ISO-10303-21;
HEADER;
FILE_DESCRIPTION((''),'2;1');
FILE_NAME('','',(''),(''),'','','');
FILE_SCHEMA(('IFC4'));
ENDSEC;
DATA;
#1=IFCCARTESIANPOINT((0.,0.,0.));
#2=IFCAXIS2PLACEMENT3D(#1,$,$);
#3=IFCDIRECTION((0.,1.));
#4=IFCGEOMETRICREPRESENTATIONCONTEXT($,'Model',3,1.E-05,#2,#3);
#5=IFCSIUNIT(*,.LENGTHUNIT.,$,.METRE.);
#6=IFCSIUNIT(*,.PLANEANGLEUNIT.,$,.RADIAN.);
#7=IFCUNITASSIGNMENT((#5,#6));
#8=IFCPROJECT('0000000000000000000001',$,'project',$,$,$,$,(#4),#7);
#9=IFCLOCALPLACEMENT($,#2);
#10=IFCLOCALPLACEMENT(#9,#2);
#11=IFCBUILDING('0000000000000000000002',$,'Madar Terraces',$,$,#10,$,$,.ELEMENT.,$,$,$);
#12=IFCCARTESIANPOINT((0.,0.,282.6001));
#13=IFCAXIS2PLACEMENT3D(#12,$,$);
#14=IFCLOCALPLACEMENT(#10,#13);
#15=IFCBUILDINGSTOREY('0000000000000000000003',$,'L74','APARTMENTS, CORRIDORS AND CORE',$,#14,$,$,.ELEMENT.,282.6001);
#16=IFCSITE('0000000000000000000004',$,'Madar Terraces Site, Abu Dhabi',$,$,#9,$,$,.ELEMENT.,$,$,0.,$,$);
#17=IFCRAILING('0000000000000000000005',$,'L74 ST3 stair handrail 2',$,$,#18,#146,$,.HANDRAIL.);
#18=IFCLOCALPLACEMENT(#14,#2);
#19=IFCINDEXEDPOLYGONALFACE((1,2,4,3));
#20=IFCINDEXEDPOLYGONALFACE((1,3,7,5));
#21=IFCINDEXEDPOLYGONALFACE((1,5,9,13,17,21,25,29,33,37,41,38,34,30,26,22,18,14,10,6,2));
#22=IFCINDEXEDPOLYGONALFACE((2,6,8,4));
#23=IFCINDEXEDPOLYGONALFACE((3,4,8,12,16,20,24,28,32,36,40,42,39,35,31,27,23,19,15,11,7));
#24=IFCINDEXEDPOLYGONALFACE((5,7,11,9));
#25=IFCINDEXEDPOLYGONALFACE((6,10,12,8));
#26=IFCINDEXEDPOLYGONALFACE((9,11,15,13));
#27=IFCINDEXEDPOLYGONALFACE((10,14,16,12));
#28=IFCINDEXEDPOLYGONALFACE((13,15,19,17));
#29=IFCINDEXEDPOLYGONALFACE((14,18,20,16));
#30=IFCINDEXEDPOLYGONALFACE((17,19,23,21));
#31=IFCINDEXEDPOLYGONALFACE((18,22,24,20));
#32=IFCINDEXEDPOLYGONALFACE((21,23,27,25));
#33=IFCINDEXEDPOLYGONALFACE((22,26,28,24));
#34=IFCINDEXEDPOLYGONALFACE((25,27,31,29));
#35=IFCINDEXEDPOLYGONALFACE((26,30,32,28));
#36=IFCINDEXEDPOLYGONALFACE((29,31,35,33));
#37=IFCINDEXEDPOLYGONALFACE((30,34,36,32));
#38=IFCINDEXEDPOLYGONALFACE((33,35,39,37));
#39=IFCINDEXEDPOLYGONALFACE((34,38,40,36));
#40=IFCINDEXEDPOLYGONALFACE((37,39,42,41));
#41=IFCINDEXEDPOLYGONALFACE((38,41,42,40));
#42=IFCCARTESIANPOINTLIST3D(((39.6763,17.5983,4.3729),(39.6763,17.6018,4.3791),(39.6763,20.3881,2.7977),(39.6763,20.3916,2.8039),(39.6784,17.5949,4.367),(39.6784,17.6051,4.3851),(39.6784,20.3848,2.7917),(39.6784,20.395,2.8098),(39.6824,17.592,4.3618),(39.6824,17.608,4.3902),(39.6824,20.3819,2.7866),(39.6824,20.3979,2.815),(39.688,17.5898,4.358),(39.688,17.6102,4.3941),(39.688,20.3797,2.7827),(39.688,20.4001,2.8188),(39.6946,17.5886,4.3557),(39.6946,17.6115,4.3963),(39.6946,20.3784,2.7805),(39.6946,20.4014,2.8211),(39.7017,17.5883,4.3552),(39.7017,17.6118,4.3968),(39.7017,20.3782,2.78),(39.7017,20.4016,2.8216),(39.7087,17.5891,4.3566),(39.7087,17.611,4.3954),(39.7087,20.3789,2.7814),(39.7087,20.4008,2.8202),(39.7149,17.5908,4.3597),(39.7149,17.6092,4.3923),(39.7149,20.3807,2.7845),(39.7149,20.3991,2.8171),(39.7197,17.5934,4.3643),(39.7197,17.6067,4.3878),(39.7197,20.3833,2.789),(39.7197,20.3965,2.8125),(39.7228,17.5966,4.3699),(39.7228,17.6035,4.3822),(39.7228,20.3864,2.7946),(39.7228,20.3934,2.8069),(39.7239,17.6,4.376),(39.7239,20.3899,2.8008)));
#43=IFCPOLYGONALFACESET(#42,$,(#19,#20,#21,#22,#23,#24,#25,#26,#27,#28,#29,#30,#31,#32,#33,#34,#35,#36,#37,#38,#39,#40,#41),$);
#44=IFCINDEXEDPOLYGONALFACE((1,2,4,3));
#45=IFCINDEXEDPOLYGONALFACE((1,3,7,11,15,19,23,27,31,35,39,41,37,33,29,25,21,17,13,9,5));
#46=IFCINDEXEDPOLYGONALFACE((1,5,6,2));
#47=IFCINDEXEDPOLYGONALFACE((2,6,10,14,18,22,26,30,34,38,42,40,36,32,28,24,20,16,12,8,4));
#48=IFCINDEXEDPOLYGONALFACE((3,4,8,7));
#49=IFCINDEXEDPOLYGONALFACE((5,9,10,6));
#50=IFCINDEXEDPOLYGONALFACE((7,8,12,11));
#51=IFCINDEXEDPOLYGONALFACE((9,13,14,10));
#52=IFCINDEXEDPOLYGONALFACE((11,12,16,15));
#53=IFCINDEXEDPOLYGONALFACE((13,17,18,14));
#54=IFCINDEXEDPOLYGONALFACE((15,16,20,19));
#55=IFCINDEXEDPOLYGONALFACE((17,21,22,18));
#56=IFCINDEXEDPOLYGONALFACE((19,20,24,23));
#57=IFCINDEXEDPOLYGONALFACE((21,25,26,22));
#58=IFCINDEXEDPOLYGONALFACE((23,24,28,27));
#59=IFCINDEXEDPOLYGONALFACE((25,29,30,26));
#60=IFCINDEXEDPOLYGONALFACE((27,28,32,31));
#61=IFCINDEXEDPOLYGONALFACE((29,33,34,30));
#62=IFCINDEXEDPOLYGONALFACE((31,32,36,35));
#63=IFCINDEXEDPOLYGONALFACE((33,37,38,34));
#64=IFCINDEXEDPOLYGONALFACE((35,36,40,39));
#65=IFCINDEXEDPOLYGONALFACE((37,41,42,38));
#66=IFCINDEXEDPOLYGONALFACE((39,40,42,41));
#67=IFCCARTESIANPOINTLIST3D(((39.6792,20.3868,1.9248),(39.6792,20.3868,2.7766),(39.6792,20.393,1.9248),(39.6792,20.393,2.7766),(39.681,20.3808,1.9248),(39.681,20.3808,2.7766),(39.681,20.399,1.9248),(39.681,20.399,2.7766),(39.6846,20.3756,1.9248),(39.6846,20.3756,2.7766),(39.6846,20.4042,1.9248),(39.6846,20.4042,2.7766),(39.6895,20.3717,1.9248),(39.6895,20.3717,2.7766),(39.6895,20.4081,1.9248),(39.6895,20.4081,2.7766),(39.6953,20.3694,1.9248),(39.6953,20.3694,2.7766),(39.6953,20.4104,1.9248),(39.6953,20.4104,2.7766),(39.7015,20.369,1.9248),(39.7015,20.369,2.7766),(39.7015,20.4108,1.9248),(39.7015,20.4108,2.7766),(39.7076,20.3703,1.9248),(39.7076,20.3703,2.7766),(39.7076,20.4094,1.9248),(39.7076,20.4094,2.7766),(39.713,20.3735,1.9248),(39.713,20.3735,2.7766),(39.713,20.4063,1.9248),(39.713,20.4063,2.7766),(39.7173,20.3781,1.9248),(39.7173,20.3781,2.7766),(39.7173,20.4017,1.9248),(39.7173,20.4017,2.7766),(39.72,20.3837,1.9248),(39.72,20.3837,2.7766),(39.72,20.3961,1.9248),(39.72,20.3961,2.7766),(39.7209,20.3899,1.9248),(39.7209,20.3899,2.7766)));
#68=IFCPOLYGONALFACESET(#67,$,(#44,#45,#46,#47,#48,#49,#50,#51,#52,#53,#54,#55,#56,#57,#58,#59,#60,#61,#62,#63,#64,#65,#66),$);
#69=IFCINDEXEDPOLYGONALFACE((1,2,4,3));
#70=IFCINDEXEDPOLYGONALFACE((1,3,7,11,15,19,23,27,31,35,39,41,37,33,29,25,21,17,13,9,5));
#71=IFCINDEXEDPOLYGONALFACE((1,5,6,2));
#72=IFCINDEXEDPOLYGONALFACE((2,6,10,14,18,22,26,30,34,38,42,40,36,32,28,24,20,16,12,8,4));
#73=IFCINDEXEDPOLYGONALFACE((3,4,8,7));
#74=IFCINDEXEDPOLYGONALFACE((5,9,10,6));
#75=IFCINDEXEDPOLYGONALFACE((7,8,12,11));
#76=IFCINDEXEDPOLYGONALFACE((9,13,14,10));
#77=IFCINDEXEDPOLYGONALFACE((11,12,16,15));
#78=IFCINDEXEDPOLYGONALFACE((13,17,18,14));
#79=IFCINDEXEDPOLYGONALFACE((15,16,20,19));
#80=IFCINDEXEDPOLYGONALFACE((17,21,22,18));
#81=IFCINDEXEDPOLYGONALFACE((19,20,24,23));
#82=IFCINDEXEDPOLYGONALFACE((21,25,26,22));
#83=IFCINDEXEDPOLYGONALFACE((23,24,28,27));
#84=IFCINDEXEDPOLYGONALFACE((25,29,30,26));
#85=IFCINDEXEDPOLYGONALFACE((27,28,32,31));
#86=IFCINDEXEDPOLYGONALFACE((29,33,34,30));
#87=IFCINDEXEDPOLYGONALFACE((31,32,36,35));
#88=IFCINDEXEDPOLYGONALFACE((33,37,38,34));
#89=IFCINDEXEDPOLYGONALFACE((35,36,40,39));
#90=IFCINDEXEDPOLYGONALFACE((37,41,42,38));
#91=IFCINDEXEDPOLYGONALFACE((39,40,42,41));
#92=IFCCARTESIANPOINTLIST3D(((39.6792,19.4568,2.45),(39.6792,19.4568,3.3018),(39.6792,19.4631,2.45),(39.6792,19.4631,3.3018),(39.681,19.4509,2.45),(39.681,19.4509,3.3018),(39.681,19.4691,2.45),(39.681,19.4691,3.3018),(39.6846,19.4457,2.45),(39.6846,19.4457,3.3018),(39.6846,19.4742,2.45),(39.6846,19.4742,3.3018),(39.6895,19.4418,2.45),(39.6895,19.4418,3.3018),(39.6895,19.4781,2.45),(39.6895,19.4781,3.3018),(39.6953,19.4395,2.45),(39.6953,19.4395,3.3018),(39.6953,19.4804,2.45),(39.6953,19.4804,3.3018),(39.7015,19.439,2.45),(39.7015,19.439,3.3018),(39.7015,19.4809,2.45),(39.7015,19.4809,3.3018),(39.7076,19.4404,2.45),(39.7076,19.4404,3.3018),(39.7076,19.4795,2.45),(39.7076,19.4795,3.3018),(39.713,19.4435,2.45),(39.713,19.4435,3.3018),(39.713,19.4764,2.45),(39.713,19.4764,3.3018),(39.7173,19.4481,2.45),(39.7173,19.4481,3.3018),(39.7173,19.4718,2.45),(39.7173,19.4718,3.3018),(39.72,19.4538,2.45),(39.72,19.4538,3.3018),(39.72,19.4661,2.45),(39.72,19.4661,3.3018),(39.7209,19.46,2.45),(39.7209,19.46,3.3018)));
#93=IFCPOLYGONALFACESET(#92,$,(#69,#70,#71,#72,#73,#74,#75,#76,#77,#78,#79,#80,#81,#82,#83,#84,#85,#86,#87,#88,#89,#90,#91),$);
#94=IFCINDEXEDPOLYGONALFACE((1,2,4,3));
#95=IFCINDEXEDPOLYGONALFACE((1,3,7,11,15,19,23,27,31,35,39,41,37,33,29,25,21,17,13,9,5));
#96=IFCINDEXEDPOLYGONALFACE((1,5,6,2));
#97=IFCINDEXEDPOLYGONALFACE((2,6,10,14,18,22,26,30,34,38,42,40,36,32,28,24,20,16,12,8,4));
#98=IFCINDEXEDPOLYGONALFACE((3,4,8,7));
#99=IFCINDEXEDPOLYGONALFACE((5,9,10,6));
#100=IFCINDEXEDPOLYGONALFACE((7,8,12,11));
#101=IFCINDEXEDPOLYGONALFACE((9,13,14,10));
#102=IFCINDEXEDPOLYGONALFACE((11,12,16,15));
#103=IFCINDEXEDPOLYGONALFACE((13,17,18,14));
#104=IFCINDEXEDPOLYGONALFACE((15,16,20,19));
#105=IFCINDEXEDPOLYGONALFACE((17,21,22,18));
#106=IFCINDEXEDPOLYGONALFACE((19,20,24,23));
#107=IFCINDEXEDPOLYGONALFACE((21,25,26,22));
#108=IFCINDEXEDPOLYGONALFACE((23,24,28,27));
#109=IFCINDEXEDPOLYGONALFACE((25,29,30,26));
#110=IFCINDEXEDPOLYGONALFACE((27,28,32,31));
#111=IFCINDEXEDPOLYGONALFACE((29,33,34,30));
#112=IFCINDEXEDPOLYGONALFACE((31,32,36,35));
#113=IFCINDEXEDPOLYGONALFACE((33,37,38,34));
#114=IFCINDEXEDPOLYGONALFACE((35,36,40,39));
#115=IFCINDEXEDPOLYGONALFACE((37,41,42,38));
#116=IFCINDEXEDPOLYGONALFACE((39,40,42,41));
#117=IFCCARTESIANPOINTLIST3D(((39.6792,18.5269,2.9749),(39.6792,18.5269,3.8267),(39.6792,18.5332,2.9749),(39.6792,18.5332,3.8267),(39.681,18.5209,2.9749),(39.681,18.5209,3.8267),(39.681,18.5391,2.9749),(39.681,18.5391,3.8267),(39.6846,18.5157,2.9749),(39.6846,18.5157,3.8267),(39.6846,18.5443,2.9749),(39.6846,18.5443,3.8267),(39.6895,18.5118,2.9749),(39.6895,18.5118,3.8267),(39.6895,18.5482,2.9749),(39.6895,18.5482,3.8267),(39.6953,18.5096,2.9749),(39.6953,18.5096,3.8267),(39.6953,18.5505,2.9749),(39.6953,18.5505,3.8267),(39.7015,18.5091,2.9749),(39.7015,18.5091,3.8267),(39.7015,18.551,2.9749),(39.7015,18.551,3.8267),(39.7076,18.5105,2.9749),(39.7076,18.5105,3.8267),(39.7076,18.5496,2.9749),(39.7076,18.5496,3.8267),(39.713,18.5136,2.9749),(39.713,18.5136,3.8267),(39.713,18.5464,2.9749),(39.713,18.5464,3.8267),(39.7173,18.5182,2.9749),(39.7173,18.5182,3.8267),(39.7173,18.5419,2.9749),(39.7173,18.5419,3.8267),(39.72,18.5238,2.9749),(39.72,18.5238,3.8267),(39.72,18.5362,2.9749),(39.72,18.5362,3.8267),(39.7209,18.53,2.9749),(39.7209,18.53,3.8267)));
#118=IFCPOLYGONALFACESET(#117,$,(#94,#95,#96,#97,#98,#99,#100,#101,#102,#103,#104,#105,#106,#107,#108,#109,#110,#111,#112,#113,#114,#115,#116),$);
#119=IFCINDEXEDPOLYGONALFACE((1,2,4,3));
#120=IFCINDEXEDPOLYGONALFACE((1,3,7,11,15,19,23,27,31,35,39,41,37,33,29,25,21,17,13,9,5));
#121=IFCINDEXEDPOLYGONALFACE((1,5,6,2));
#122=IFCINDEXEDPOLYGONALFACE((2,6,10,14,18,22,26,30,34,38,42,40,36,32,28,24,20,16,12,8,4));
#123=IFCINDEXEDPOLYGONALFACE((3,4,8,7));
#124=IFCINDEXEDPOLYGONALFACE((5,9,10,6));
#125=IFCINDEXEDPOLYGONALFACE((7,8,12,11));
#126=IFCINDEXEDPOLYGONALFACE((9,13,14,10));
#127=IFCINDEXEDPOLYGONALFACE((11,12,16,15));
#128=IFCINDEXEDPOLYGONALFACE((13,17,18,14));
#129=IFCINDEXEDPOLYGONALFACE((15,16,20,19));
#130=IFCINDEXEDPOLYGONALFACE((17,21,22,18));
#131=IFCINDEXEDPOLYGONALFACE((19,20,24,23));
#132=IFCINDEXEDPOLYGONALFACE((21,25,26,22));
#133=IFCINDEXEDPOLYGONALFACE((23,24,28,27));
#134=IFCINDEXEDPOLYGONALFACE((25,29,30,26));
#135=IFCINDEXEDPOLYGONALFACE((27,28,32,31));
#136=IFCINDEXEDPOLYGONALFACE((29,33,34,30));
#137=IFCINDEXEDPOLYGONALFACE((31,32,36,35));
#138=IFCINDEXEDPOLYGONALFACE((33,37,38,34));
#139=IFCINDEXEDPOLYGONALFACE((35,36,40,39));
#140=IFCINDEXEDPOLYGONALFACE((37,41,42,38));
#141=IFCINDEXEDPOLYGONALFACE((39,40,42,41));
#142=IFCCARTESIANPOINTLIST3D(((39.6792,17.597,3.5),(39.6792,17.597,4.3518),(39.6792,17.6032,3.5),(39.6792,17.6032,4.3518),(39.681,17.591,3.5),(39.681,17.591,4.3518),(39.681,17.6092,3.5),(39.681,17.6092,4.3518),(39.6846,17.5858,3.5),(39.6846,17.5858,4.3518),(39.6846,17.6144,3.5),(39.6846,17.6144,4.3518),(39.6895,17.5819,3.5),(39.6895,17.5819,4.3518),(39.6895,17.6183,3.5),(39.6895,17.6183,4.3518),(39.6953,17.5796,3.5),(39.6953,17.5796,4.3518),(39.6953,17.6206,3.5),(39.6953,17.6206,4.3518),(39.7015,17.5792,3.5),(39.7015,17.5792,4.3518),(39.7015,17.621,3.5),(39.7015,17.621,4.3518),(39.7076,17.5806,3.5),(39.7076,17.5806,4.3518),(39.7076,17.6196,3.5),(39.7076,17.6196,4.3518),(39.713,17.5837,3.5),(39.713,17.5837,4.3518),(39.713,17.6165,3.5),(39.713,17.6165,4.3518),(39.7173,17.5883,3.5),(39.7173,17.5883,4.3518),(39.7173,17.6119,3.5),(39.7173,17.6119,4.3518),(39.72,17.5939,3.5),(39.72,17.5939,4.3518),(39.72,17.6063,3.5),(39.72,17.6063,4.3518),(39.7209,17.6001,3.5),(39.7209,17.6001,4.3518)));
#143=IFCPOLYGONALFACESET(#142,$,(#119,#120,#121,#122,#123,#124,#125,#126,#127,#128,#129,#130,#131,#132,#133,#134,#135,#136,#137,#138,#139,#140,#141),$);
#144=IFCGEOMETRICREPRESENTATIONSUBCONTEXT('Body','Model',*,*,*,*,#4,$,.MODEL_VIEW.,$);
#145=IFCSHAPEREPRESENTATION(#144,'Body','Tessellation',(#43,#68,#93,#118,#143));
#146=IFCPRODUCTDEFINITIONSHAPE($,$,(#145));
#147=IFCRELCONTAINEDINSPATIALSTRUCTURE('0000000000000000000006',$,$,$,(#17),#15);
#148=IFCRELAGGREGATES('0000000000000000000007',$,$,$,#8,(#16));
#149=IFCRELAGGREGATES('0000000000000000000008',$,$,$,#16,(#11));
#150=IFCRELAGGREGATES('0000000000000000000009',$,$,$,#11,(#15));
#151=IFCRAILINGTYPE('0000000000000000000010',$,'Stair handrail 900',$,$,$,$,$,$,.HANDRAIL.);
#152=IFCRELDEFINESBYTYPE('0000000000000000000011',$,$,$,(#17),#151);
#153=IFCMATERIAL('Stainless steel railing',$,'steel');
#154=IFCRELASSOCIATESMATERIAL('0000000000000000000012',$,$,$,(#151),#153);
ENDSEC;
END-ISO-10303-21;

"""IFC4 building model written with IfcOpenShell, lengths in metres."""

from ifc_helpers import new_model, si_unit, direction, frame, origin, origin_2d, place, context, subcontext, project, spatial, circle, extrude, material, type_object, element, save


model = new_model("IFC4")

# Units and contexts
model_context = context("Model", 3, precision=1e-05, world=origin(), true_north=direction((0.0, 1.0)))
body_context = subcontext(model_context, "Body", "Model", "MODEL_VIEW")
ifc_project = project(units=[si_unit("LENGTHUNIT", "METRE"), si_unit("PLANEANGLEUNIT", "RADIAN")], contexts=[model_context])

# Site, building, storey
site_placement = place(None, origin())
site = spatial("IfcSite", under=ifc_project, at=site_placement, Name="Madar Terraces Site, Abu Dhabi", CompositionType="ELEMENT", RefElevation=0.0)
building_placement = place(site_placement, origin())
building = spatial("IfcBuilding", under=site, at=building_placement, Name="Madar Terraces", CompositionType="ELEMENT")
storey_placement = place(building_placement, frame((0.0, 0.0, 282.6001)))
storey = spatial("IfcBuildingStorey", under=building, at=storey_placement, Name="L74", Description="APARTMENTS, CORRIDORS AND CORE", CompositionType="ELEMENT", Elevation=282.6001)

# Railing
ifc_material_1 = material(Name="Stainless steel railing", Category="steel")
railing_type_1 = type_object("IfcRailingType", Name="Stair handrail 900", PredefinedType="HANDRAIL", material=ifc_material_1)
railing_1_placement = place(storey_placement, frame((39.7, 20.3899, 1.9248)))
element("IfcRailing", 1, at=railing_1_placement, inside=storey, type_object=railing_type_1, Name="L74 ST3 stair handrail 2", PredefinedType="HANDRAIL", context=body_context, shape_type="SweptSolid", body=[
    extrude(circle(Radius=0.0239, at=origin_2d()), frame((0.0, 0.0, 0.876), z_axis=(0.0, -0.870783, 0.491668), x_axis=(1.0, 0.0, 0.0)), (0.0, 0.0, 1.0), 3.2039),
    extrude(circle(Radius=0.021, at=origin_2d()), origin(), (0.0, 0.0, 1.0), 0.8518),
    extrude(circle(Radius=0.021, at=origin_2d()), frame((0.0, -0.9299, 0.5251)), (0.0, 0.0, 1.0), 0.8518),
    extrude(circle(Radius=0.021, at=origin_2d()), frame((0.0, -1.8599, 1.05)), (0.0, 0.0, 1.0), 0.8518),
    extrude(circle(Radius=0.021, at=origin_2d()), frame((0.0, -2.7898, 1.5752)), (0.0, 0.0, 1.0), 0.8518),
])

save(model, "model.ifc")
